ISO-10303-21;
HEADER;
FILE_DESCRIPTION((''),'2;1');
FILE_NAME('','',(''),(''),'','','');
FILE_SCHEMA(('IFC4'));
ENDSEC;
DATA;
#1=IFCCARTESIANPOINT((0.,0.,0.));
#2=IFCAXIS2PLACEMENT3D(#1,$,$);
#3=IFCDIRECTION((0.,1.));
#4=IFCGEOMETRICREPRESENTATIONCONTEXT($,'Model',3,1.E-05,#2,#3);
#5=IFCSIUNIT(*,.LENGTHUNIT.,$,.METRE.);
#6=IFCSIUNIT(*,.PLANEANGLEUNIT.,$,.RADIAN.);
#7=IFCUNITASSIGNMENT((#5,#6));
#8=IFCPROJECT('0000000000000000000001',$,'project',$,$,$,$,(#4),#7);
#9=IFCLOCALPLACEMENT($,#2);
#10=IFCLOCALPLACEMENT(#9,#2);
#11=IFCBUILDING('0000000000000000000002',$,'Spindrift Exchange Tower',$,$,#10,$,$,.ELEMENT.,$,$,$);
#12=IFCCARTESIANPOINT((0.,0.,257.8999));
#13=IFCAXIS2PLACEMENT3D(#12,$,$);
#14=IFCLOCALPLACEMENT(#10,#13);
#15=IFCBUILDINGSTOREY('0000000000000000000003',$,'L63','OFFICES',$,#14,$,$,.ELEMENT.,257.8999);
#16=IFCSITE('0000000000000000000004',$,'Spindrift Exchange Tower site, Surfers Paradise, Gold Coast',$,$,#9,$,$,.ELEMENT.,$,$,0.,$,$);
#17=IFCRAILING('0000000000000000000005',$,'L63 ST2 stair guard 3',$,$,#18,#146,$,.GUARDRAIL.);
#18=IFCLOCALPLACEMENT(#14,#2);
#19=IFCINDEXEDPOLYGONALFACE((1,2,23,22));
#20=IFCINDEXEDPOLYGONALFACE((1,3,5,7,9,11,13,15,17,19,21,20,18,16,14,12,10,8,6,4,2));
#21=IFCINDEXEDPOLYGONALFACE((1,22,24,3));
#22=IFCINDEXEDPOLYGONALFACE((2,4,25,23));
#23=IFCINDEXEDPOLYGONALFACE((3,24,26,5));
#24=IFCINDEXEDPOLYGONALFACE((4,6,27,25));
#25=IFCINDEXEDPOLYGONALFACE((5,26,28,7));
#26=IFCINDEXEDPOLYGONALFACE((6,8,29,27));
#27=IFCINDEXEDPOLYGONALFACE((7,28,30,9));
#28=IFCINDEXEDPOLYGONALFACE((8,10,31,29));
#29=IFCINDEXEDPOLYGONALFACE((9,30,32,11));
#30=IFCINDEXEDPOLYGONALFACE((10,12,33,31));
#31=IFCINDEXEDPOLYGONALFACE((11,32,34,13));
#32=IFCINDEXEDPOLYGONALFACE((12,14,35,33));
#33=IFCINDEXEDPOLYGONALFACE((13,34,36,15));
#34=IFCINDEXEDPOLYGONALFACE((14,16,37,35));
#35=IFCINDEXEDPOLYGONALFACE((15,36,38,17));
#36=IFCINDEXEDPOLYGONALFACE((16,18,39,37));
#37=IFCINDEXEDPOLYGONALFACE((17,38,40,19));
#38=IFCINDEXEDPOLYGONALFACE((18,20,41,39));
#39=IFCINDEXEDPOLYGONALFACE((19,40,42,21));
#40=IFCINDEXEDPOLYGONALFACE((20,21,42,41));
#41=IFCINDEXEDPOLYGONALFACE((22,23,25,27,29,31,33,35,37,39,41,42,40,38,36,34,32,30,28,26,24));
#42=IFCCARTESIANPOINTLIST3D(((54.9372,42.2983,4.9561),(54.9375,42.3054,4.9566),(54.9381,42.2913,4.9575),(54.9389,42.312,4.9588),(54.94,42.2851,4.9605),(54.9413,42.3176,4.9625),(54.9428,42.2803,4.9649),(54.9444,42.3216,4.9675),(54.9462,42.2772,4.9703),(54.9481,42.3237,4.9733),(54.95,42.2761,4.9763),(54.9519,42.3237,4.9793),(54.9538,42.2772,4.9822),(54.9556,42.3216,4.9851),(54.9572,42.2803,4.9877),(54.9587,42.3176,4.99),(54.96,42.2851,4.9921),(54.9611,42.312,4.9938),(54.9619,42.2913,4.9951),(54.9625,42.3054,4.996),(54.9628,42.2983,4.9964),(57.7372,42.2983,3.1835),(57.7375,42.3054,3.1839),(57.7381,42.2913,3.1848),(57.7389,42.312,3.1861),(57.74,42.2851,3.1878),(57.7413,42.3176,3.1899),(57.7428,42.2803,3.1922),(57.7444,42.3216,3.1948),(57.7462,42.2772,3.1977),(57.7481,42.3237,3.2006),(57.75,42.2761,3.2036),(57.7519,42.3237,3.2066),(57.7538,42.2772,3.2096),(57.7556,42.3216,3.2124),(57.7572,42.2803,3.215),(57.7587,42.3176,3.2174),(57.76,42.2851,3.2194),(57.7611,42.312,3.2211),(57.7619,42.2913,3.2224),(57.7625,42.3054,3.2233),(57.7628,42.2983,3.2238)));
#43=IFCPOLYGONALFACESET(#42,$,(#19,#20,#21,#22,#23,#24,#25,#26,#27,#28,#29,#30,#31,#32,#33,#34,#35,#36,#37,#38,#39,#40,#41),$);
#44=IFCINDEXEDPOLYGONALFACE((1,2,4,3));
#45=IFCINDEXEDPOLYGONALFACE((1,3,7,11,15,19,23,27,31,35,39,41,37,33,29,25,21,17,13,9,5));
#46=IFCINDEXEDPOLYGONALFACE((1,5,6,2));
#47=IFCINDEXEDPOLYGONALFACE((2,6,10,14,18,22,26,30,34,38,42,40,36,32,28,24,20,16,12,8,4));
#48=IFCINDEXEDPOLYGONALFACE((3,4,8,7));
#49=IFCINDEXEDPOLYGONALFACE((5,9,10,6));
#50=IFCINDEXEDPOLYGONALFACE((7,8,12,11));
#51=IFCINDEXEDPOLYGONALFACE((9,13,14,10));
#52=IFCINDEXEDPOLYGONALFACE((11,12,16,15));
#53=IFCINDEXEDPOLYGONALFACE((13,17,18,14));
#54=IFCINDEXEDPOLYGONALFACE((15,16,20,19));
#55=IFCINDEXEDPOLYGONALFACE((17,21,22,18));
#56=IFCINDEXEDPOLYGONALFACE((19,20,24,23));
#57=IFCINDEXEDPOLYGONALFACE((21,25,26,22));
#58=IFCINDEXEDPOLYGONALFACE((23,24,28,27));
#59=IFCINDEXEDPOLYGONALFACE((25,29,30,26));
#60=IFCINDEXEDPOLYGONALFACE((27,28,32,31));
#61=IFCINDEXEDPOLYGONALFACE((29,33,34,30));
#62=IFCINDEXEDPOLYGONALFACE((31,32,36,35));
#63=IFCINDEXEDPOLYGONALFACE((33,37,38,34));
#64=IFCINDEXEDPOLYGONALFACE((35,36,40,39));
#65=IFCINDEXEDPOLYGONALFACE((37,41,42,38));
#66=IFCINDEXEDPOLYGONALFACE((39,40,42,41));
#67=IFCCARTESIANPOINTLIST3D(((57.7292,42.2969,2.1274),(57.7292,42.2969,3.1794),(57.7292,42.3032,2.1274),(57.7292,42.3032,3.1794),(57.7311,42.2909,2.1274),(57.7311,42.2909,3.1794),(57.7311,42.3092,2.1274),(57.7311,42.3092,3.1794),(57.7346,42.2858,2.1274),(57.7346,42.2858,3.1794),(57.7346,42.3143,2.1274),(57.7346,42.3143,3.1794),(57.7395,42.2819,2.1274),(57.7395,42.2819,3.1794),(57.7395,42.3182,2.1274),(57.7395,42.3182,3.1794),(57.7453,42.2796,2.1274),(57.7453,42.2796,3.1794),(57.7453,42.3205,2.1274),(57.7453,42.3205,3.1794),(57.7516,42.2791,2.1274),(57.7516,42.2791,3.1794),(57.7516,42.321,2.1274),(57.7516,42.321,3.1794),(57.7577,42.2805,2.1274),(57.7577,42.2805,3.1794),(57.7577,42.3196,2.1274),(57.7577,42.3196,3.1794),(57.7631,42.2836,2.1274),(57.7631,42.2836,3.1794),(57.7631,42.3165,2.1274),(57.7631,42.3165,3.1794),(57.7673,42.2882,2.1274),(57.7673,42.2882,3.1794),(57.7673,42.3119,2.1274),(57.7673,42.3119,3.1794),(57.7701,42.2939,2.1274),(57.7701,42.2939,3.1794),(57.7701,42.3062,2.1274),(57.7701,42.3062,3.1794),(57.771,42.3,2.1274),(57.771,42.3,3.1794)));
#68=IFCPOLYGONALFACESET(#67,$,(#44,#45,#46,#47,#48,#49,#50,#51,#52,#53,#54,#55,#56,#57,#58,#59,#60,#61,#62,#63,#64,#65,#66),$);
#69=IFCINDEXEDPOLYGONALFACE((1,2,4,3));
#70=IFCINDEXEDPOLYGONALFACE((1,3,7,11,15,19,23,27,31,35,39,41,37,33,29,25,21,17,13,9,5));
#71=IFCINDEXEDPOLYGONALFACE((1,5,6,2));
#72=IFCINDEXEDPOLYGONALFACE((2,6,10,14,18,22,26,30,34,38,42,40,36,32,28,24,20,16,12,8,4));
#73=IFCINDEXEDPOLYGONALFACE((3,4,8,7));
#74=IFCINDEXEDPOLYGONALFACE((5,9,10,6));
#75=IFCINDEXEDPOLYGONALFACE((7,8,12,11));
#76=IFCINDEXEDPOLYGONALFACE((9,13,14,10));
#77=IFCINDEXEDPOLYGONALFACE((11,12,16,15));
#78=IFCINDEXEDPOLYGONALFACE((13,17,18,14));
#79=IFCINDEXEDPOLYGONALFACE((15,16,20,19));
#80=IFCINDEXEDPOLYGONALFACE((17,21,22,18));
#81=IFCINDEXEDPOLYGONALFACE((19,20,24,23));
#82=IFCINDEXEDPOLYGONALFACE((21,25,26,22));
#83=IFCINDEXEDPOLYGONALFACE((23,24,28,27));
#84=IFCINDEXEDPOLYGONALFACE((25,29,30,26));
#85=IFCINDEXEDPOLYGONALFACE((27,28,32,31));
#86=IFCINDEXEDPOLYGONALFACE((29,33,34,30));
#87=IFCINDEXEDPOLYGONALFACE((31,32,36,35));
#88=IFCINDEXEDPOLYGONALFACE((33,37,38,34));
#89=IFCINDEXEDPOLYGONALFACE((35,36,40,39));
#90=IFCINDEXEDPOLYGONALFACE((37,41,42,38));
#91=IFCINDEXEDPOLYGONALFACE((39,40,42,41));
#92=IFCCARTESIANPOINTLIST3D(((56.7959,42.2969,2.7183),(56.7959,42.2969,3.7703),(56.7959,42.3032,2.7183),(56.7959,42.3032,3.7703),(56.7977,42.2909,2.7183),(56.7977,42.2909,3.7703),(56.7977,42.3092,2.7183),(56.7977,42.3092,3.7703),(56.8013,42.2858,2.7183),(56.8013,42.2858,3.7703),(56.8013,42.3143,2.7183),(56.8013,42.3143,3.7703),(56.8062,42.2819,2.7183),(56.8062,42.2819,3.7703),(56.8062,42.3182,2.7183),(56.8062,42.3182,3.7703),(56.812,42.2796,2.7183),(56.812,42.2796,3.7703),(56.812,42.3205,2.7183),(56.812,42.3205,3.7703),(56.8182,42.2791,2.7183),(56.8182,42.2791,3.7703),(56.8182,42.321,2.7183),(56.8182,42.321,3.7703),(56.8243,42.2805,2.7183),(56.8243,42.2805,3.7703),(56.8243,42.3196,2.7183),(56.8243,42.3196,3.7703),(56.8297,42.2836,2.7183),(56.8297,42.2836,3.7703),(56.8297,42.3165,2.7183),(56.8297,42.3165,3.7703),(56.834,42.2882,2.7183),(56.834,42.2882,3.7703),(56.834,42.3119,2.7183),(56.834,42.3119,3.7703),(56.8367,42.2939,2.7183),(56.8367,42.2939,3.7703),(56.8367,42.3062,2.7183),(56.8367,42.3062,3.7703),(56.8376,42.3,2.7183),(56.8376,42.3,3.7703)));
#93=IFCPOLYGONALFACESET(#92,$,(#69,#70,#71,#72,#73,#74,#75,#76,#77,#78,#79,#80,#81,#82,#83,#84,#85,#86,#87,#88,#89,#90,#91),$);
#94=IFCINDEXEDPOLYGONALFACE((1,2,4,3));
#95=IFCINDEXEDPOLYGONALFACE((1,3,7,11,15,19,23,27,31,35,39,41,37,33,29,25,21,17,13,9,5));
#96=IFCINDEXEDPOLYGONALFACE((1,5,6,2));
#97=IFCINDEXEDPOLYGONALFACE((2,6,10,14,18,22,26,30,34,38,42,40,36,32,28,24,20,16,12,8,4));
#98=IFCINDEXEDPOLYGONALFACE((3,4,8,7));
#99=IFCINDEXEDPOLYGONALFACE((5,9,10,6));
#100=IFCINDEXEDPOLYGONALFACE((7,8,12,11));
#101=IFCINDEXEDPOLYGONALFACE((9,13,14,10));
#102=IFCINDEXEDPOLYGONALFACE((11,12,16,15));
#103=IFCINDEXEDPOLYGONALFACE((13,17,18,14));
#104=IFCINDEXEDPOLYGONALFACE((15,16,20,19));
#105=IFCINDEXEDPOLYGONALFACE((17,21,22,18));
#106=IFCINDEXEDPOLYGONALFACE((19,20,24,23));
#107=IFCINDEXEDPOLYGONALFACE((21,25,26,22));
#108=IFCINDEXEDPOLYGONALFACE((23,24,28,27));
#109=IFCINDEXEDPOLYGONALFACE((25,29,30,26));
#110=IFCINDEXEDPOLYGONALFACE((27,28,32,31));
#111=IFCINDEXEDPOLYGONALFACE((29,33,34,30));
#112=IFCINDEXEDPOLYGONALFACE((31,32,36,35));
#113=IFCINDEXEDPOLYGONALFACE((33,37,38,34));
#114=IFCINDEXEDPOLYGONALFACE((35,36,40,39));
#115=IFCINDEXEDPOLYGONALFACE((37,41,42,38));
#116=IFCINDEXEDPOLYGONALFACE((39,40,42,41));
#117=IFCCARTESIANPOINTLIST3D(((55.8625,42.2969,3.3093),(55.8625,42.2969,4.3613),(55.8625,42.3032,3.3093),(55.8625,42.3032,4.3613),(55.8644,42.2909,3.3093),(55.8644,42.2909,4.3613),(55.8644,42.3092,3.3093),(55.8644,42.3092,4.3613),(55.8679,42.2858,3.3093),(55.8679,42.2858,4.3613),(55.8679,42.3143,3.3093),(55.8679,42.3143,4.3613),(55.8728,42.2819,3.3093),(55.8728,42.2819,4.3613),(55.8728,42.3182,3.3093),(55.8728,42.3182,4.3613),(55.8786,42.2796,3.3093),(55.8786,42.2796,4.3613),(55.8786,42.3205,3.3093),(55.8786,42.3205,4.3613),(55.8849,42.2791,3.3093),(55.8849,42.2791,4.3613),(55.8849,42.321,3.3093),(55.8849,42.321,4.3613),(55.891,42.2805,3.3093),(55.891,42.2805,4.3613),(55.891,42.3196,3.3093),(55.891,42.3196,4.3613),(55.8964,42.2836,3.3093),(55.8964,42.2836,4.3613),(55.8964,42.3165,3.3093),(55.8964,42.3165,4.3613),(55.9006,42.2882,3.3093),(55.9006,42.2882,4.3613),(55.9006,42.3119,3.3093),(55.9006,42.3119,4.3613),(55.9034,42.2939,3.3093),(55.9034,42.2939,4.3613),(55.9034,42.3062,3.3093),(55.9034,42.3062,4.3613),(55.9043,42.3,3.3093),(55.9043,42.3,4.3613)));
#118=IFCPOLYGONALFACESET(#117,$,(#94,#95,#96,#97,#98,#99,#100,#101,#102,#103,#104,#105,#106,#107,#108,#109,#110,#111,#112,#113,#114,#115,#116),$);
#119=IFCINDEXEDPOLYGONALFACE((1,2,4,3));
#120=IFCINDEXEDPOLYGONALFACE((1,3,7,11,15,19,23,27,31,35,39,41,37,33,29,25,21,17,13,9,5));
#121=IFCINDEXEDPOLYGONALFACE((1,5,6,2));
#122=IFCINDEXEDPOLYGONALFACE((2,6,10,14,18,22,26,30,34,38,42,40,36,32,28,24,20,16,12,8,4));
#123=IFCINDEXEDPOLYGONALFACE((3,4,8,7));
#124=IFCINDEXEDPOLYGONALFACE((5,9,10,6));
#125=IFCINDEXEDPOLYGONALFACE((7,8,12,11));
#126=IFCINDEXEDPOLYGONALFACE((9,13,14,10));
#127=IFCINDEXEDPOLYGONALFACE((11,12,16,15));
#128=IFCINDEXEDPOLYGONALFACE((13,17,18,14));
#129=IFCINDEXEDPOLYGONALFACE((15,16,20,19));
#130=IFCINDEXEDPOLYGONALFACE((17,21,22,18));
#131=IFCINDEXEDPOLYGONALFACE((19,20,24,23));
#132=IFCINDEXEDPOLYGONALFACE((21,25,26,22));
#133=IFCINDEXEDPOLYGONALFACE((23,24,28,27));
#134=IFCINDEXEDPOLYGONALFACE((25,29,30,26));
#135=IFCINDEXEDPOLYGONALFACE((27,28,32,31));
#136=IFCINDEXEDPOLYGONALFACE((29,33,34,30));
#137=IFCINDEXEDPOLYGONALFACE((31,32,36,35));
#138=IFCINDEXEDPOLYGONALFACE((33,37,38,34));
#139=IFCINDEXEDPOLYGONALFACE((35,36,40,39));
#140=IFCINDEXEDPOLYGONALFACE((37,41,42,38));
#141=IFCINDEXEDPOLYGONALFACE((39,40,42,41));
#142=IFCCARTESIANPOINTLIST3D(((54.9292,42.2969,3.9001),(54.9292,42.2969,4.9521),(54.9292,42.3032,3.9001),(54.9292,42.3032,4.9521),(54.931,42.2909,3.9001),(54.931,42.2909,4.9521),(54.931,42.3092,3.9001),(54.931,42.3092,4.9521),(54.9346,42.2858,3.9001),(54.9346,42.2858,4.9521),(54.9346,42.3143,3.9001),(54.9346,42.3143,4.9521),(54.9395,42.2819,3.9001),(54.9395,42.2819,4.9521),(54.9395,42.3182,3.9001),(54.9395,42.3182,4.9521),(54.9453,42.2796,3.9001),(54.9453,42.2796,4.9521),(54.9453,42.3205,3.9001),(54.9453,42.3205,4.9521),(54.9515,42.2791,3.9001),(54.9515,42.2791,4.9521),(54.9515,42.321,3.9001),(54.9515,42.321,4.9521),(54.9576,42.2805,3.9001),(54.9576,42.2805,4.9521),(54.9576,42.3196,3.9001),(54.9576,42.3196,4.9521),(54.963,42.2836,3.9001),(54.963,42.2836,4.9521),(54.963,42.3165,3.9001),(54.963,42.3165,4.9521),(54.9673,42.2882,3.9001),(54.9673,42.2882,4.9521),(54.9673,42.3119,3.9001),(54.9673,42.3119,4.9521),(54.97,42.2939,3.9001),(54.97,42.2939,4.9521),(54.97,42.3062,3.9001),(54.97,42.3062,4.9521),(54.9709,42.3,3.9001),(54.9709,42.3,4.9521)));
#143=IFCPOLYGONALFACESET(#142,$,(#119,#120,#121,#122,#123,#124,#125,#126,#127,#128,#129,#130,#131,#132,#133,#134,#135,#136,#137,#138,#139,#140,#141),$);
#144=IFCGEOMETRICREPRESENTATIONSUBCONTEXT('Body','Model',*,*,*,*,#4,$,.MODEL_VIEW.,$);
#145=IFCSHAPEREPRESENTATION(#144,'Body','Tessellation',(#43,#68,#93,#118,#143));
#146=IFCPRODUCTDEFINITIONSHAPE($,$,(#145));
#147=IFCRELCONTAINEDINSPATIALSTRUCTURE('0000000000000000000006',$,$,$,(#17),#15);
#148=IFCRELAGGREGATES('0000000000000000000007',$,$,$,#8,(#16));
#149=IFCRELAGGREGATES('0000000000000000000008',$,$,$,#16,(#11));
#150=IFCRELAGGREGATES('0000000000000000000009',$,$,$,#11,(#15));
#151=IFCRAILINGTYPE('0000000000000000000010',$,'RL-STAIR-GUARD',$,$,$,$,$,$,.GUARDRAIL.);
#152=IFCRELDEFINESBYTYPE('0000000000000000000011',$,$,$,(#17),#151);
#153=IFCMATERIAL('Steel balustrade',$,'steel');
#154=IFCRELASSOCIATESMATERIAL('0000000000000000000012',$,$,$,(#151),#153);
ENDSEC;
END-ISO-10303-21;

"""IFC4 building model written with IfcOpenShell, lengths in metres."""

from ifc_helpers import new_model, si_unit, direction, frame, origin, origin_2d, place, context, subcontext, project, spatial, circle, extrude, material, type_object, element, save


model = new_model("IFC4")

# Units and contexts
model_context = context("Model", 3, precision=1e-05, world=origin(), true_north=direction((0.0, 1.0)))
body_context = subcontext(model_context, "Body", "Model", "MODEL_VIEW")
ifc_project = project(units=[si_unit("LENGTHUNIT", "METRE"), si_unit("PLANEANGLEUNIT", "RADIAN")], contexts=[model_context])

# Site, building, storey
site_placement = place(None, origin())
site = spatial("IfcSite", under=ifc_project, at=site_placement, Name="Spindrift Exchange Tower site, Surfers Paradise, Gold Coast", CompositionType="ELEMENT", RefElevation=0.0)
building_placement = place(site_placement, origin())
building = spatial("IfcBuilding", under=site, at=building_placement, Name="Spindrift Exchange Tower", CompositionType="ELEMENT")
storey_placement = place(building_placement, frame((0.0, 0.0, 257.8999)))
storey = spatial("IfcBuildingStorey", under=building, at=storey_placement, Name="L63", Description="OFFICES", CompositionType="ELEMENT", Elevation=257.8999)

# Railing
ifc_material_1 = material(Name="Steel balustrade", Category="steel")
railing_type_1 = type_object("IfcRailingType", Name="RL-STAIR-GUARD", PredefinedType="GUARDRAIL", material=ifc_material_1)
railing_1_placement = place(storey_placement, frame((57.75, 42.3, 2.1274)))
element("IfcRailing", 1, at=railing_1_placement, inside=storey, type_object=railing_type_1, Name="L63 ST2 stair guard 3", PredefinedType="GUARDRAIL", context=body_context, shape_type="SweptSolid", body=[
    extrude(circle(Radius=0.0239, at=origin_2d()), frame((0.0, 0.0, 1.0762), z_axis=(-0.844909, 0.0, 0.53491), x_axis=(0.0, -1.0, 0.0)), (0.0, 0.0, 1.0), 3.314),
    extrude(circle(Radius=0.021, at=origin_2d()), origin(), (0.0, 0.0, 1.0), 1.052),
    extrude(circle(Radius=0.021, at=origin_2d()), frame((-0.9333, 0.0, 0.5908)), (0.0, 0.0, 1.0), 1.052),
    extrude(circle(Radius=0.021, at=origin_2d()), frame((-1.8667, 0.0, 1.1819)), (0.0, 0.0, 1.0), 1.052),
    extrude(circle(Radius=0.021, at=origin_2d()), frame((-2.8, 0.0, 1.7727)), (0.0, 0.0, 1.0), 1.052),
])

save(model, "model.ifc")
